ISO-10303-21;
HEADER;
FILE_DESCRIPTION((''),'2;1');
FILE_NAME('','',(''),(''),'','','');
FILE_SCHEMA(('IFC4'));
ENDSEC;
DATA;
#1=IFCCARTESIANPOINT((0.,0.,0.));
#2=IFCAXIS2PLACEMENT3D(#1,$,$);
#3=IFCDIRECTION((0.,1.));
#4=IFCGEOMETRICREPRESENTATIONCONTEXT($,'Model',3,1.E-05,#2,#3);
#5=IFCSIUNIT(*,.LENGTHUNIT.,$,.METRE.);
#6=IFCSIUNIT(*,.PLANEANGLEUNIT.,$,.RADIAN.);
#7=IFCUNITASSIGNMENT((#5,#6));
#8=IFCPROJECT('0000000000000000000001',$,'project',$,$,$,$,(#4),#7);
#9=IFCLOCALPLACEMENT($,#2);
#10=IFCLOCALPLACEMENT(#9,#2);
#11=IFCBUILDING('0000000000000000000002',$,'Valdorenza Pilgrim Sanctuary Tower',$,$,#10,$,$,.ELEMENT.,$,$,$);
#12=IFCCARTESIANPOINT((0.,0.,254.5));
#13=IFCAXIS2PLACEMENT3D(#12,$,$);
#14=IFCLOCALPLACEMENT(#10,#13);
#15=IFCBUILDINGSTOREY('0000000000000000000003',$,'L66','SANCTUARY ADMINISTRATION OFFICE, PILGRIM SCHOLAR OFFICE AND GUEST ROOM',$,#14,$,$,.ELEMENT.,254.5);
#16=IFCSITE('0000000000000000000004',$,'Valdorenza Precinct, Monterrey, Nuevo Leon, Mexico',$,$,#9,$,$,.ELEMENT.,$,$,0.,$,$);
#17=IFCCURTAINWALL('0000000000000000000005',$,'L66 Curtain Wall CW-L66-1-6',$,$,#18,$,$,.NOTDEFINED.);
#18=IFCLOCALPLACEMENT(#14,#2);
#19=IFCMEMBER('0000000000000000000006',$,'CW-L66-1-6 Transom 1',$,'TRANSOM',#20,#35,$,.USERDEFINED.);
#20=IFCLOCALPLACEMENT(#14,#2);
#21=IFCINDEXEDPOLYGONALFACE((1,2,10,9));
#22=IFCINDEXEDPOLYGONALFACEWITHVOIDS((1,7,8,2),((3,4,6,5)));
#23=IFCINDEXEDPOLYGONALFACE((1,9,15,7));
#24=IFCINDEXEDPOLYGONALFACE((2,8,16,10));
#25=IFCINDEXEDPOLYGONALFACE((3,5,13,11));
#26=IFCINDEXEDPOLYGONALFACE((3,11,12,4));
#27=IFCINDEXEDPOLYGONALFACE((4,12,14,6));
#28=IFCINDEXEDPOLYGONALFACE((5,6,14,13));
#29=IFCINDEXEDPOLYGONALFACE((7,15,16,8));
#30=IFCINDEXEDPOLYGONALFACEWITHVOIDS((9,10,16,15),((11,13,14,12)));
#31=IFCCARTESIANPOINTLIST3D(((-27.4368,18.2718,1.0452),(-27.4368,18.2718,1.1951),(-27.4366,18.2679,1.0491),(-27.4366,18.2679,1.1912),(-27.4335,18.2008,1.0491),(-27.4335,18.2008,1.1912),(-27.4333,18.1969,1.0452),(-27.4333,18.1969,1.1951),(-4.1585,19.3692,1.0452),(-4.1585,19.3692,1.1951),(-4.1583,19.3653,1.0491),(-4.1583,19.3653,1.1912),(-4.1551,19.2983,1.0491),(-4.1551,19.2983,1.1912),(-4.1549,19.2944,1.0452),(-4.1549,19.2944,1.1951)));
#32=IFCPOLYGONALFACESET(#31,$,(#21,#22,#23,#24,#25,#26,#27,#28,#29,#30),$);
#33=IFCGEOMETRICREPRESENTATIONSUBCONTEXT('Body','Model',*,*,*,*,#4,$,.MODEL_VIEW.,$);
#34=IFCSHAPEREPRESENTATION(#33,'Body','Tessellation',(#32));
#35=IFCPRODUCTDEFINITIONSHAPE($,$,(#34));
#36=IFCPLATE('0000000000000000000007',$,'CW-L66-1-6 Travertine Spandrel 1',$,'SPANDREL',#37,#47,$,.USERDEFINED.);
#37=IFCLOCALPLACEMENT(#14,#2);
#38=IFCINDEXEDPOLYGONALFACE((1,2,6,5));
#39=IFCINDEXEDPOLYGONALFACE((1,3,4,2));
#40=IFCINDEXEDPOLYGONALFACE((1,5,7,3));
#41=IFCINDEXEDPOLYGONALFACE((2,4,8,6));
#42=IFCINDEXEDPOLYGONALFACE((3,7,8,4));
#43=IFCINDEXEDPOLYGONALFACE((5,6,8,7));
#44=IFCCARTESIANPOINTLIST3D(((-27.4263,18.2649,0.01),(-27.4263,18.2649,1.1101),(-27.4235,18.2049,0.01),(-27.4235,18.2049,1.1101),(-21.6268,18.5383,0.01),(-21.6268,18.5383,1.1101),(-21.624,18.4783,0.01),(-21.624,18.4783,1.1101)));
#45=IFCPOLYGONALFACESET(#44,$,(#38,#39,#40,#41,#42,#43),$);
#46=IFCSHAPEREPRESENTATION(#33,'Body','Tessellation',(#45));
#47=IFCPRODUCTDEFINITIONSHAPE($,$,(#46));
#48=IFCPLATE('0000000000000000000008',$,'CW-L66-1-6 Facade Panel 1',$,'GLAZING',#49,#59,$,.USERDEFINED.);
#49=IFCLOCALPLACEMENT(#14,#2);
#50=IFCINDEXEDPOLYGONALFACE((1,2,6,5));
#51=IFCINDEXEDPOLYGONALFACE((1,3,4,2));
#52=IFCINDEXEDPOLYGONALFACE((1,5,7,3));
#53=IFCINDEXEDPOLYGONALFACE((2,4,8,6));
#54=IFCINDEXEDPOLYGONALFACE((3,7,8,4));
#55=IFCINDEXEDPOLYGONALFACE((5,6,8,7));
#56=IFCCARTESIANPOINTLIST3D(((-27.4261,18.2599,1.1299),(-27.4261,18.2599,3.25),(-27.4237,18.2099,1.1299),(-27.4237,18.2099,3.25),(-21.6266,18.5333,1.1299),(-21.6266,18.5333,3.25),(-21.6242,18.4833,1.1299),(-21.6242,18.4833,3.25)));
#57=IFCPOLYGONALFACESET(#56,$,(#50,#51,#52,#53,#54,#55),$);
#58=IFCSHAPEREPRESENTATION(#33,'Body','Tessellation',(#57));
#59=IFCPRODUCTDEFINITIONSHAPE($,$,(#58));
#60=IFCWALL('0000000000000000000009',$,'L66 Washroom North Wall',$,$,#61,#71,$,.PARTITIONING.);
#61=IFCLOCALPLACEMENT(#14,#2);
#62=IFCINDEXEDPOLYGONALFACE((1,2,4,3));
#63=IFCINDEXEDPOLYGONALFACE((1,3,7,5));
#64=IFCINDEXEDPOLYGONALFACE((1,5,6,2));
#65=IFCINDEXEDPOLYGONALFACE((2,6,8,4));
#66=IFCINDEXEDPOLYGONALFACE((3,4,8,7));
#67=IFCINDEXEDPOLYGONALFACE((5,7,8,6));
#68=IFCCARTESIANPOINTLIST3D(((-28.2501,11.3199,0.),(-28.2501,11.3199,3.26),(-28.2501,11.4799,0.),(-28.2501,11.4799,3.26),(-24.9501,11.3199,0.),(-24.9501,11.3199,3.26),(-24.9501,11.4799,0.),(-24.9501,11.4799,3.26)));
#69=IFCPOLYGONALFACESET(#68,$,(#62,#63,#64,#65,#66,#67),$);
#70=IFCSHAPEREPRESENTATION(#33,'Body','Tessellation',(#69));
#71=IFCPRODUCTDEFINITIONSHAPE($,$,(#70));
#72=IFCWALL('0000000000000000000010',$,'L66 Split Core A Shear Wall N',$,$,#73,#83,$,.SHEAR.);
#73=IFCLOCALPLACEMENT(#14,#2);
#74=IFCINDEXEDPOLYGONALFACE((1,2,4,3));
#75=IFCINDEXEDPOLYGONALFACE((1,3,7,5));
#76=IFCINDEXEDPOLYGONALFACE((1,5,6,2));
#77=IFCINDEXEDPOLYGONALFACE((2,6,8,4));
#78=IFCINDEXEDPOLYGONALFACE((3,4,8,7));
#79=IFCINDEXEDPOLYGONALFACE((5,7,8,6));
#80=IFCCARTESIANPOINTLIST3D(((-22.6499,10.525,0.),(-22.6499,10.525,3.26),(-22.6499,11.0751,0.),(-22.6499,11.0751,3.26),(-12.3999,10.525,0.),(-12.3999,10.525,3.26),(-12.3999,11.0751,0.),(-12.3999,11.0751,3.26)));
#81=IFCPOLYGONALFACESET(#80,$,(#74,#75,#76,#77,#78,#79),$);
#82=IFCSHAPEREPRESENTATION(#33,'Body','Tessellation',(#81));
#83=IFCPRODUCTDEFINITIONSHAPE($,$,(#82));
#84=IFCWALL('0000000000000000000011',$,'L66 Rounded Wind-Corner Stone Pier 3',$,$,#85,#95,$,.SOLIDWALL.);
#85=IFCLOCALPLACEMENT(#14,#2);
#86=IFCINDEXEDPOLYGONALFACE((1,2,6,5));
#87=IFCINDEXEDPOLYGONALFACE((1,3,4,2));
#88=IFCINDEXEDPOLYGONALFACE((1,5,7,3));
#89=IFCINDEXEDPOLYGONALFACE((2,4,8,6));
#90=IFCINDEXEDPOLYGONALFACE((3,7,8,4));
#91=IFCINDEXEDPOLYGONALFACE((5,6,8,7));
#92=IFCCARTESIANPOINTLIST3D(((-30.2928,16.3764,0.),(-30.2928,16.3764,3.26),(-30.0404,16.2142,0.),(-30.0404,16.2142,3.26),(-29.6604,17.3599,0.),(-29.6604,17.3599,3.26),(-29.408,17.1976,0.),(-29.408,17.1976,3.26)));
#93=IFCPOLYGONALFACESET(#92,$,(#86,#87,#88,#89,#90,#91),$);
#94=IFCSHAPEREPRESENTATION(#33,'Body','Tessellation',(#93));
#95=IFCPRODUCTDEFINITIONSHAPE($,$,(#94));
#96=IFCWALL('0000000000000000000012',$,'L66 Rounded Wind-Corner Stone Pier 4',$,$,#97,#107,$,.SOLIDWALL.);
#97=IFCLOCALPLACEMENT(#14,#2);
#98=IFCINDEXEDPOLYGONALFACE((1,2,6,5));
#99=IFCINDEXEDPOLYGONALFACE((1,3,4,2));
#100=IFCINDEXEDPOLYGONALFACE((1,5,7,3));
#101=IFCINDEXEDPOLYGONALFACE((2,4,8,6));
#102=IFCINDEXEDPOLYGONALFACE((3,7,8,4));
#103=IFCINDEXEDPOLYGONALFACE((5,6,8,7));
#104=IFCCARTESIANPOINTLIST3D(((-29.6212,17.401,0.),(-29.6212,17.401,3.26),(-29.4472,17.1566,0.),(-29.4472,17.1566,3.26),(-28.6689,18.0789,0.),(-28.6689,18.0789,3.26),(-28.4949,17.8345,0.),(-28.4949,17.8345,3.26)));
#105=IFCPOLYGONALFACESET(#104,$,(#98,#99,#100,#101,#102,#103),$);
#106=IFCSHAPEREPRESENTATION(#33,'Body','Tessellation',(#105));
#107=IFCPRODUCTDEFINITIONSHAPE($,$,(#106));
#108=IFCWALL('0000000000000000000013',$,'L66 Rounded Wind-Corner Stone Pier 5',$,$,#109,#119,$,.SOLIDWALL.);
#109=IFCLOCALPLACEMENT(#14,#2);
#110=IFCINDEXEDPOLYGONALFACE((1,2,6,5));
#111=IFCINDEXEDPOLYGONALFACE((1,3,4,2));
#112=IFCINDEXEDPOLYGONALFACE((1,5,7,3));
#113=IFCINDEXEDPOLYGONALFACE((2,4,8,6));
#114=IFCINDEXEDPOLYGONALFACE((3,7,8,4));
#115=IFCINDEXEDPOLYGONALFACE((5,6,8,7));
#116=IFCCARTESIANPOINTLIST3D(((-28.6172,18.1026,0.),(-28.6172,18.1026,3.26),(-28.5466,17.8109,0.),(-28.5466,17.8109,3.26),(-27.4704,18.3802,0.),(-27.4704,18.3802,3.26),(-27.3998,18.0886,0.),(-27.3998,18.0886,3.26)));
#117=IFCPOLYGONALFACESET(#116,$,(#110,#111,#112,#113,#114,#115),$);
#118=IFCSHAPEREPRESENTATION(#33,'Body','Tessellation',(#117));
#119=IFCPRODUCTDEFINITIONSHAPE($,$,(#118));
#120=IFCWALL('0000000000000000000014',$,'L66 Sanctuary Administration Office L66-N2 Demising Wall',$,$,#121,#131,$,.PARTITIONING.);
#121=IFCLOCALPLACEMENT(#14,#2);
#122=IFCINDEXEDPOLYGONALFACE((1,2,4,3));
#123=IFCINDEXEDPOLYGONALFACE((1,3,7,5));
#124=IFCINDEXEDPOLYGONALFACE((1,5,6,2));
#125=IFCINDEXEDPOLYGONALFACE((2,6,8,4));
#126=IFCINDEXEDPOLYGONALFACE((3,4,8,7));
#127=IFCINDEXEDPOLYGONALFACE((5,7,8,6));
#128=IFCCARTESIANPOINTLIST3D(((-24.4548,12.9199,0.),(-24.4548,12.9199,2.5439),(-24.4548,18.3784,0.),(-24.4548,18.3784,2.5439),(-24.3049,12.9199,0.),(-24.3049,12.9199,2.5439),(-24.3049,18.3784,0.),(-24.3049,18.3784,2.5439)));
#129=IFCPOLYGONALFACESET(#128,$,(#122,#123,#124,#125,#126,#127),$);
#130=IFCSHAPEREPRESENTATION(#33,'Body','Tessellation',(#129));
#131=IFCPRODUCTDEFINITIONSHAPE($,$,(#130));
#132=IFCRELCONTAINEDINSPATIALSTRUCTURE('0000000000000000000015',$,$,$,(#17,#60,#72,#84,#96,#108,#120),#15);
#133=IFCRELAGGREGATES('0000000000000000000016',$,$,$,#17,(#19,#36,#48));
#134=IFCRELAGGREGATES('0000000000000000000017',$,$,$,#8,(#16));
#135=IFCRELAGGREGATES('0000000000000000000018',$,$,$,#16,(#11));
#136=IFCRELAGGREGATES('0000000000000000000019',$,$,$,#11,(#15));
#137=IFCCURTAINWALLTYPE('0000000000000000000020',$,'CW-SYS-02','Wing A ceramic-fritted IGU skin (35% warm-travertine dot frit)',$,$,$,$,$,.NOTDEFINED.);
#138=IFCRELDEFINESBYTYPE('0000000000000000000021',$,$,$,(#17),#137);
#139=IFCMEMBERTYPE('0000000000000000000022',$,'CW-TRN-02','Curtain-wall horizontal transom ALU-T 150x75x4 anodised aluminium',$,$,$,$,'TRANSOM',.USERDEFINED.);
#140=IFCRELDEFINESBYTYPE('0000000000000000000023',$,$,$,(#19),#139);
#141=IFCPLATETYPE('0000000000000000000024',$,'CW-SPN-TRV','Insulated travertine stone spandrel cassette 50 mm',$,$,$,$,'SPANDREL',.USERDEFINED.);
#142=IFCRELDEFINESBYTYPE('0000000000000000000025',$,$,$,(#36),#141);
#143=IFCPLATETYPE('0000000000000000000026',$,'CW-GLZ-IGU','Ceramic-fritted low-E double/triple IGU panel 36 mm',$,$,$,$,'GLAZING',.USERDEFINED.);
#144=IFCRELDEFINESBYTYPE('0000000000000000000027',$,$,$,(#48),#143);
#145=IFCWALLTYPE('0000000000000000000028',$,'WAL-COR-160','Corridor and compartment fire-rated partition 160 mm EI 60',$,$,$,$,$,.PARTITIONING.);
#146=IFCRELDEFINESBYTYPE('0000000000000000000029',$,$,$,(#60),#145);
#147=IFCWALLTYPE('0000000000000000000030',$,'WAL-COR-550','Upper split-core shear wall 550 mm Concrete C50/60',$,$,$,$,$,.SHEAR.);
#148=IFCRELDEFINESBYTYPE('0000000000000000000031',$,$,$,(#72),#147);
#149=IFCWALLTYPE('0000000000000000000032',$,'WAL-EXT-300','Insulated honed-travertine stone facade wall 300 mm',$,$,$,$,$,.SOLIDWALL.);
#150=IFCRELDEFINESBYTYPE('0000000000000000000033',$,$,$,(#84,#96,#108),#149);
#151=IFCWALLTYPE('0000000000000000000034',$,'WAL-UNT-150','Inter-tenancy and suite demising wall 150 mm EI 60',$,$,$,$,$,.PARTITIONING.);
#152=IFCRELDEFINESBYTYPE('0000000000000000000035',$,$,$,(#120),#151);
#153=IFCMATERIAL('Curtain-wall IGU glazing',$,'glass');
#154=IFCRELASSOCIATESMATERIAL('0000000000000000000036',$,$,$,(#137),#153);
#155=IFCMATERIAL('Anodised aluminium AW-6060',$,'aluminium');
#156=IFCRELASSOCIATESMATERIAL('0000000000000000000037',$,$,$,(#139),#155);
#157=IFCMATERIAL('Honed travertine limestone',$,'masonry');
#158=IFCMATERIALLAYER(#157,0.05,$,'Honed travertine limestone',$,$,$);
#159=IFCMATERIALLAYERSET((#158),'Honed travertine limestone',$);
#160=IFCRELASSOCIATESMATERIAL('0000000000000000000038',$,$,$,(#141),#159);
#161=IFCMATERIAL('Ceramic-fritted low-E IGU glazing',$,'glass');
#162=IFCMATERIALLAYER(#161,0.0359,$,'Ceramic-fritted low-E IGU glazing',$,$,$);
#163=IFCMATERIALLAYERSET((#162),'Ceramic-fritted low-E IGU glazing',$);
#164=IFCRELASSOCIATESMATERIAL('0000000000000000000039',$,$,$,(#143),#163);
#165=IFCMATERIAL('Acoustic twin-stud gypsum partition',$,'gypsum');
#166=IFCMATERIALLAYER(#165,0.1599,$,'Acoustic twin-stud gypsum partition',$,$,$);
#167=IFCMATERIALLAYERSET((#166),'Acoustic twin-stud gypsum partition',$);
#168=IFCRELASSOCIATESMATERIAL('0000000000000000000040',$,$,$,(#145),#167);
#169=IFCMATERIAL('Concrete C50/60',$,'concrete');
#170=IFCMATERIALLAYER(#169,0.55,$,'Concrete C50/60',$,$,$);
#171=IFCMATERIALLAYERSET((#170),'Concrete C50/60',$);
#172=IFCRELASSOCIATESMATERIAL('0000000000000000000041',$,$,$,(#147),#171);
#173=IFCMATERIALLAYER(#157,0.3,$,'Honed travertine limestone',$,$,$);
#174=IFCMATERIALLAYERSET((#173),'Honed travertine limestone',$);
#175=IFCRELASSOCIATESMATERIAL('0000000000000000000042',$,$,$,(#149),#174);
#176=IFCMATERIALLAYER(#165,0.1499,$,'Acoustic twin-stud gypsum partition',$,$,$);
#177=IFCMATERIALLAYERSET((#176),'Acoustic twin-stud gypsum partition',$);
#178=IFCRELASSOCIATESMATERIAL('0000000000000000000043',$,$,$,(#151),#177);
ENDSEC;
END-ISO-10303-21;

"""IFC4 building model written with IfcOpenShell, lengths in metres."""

from ifc_helpers import new_model, si_unit, direction, frame, frame_2d, origin, origin_2d, place, context, subcontext, project, spatial, rectangle, hollow_rectangle, extrude, source, transform, mapped, material, layer, layer_set, material_profile, profile_set, type_object, element, aggregate, save


model = new_model("IFC4")

# Units and contexts
model_context = context("Model", 3, precision=1e-05, world=origin(), true_north=direction((0.0, 1.0)))
body_context = subcontext(model_context, "Body", "Model", "MODEL_VIEW")
ifc_project = project(units=[si_unit("LENGTHUNIT", "METRE"), si_unit("PLANEANGLEUNIT", "RADIAN")], contexts=[model_context])

# Site, building, storey
site_placement = place(None, origin())
site = spatial("IfcSite", under=ifc_project, at=site_placement, Name="Valdorenza Precinct, Monterrey, Nuevo Leon, Mexico", CompositionType="ELEMENT", RefElevation=0.0)
building_placement = place(site_placement, origin())
building = spatial("IfcBuilding", under=site, at=building_placement, Name="Valdorenza Pilgrim Sanctuary Tower", CompositionType="ELEMENT")
storey_placement = place(building_placement, frame((0.0, 0.0, 254.5)))
storey = spatial("IfcBuildingStorey", under=building, at=storey_placement, Name="L66", Description="SANCTUARY ADMINISTRATION OFFICE, PILGRIM SCHOLAR OFFICE AND GUEST ROOM", CompositionType="ELEMENT", Elevation=254.5)

# Shared definitions
ifc_material_1 = material(Name="Concrete C50/60", Category="concrete")

# Curtain wall, member, plates
ifc_material_2 = material(Name="Curtain-wall IGU glazing", Category="glass")
curtain_wall_type = type_object("IfcCurtainWallType", Name="CW-SYS-02", Description="Wing A ceramic-fritted IGU skin (35% warm-travertine dot frit)", PredefinedType="NOTDEFINED", material=ifc_material_2)
curtain_wall_placement = place(storey_placement, origin())
curtain_wall = element("IfcCurtainWall", 1, at=curtain_wall_placement, inside=storey, type_object=curtain_wall_type, Name="L66 Curtain Wall CW-L66-1-6", PredefinedType="NOTDEFINED")
ifc_material_3 = material(Name="Anodised aluminium AW-6060", Category="aluminium")
ifc_material_profile_1 = material_profile(ifc_material_3, hollow_rectangle(XDim=0.075, YDim=0.1499, WallThickness=0.0039, at=origin_2d()), Name="ALU-T 150x75x4")
ifc_profile_set_1 = profile_set([ifc_material_profile_1], Name="Anodised aluminium AW-6060")
member_type_1 = type_object("IfcMemberType", Name="CW-TRN-02", Description="Curtain-wall horizontal transom ALU-T 150x75x4 anodised aluminium", ElementType="TRANSOM", PredefinedType="USERDEFINED", material=ifc_profile_set_1)
shared_shape_1 = source(origin(), body_context, "Body", "SweptSolid", [
    extrude(hollow_rectangle(XDim=0.075, YDim=0.1499, WallThickness=0.0039, at=origin_2d()), origin(), (0.0, 0.0, 1.0), 23.3042),
])
member_1_placement = place(storey_placement, frame((-27.4351, 18.2344, 1.1201), z_axis=(0.998891, 0.047091, 0.0), x_axis=(-0.047091, 0.998891, 0.0)))
member_1 = element("IfcMember", 2, at=member_1_placement, type_object=member_type_1, Name="CW-L66-1-6 Transom 1", ObjectType="TRANSOM", PredefinedType="USERDEFINED", context=body_context, shape_type="MappedRepresentation", body=[
    mapped(shared_shape_1, transform((0.0, 0.0, 0.0), x_axis=(1.0, 0.0, 0.0), y_axis=(0.0, 1.0, 0.0), z_axis=(0.0, 0.0, 1.0), scale=1.0)),
])
ifc_material_4 = material(Name="Honed travertine limestone", Category="masonry")
ifc_layer_1 = layer(ifc_material_4, 0.05, Name="Honed travertine limestone")
ifc_layer_set_1 = layer_set([ifc_layer_1], Name="Honed travertine limestone")
plate_type_1 = type_object("IfcPlateType", Name="CW-SPN-TRV", Description="Insulated travertine stone spandrel cassette 50 mm", ElementType="SPANDREL", PredefinedType="USERDEFINED", material=ifc_layer_set_1)
shared_shape_2 = source(origin(), body_context, "Body", "SweptSolid", [
    extrude(rectangle(XDim=5.8059, YDim=0.0601, at=origin_2d()), origin(), (0.0, 0.0, 1.0), 1.1001),
])
plate_1_placement = place(storey_placement, frame((-24.5251, 18.3716, 0.01), z_axis=(0.0, 0.0, 1.0), x_axis=(0.998891, 0.047089, 0.0)))
plate_1 = element("IfcPlate", 3, at=plate_1_placement, type_object=plate_type_1, Name="CW-L66-1-6 Travertine Spandrel 1", ObjectType="SPANDREL", PredefinedType="USERDEFINED", context=body_context, shape_type="MappedRepresentation", body=[
    mapped(shared_shape_2, transform((0.0, 0.0, 0.0), x_axis=(1.0, 0.0, 0.0), y_axis=(0.0, 1.0, 0.0), z_axis=(0.0, 0.0, 1.0), scale=1.0)),
])
ifc_material_5 = material(Name="Ceramic-fritted low-E IGU glazing", Category="glass")
ifc_layer_2 = layer(ifc_material_5, 0.0359, Name="Ceramic-fritted low-E IGU glazing")
ifc_layer_set_2 = layer_set([ifc_layer_2], Name="Ceramic-fritted low-E IGU glazing")
plate_type_2 = type_object("IfcPlateType", Name="CW-GLZ-IGU", Description="Ceramic-fritted low-E double/triple IGU panel 36 mm", ElementType="GLAZING", PredefinedType="USERDEFINED", material=ifc_layer_set_2)
shared_shape_3 = source(origin(), body_context, "Body", "SweptSolid", [
    extrude(rectangle(XDim=5.8059, YDim=0.05, at=origin_2d()), origin(), (0.0, 0.0, 1.0), 2.1201),
])
plate_2_placement = place(storey_placement, frame((-24.5251, 18.3716, 1.1299), z_axis=(0.0, 0.0, 1.0), x_axis=(0.998891, 0.047089, 0.0)))
plate_2 = element("IfcPlate", 4, at=plate_2_placement, type_object=plate_type_2, Name="CW-L66-1-6 Facade Panel 1", ObjectType="GLAZING", PredefinedType="USERDEFINED", context=body_context, shape_type="MappedRepresentation", body=[
    mapped(shared_shape_3, transform((0.0, 0.0, 0.0), x_axis=(1.0, 0.0, 0.0), y_axis=(0.0, 1.0, 0.0), z_axis=(0.0, 0.0, 1.0), scale=1.0)),
])
aggregate(curtain_wall, [member_1, plate_1, plate_2])

# Walls
ifc_material_6 = material(Name="Acoustic twin-stud gypsum partition", Category="gypsum")
ifc_layer_3 = layer(ifc_material_6, 0.1599, Name="Acoustic twin-stud gypsum partition")
ifc_layer_set_3 = layer_set([ifc_layer_3], Name="Acoustic twin-stud gypsum partition")
wall_type_1 = type_object("IfcWallType", Name="WAL-COR-160", Description="Corridor and compartment fire-rated partition 160 mm EI 60", PredefinedType="PARTITIONING", material=ifc_layer_set_3)
wall_1_placement = place(storey_placement, frame((-28.25, 11.3999, 0.0), z_axis=(0.0, 0.0, 1.0), x_axis=(1.0, 0.0, 0.0)))
element("IfcWall", 5, at=wall_1_placement, inside=storey, type_object=wall_type_1, Name="L66 Washroom North Wall", PredefinedType="PARTITIONING", context=body_context, shape_type="SweptSolid", body=[
    extrude(rectangle(XDim=3.3, YDim=0.1599, at=frame_2d((1.6499, 0.0))), origin(), (0.0, 0.0, 1.0), 3.26),
])
ifc_layer_4 = layer(ifc_material_1, 0.55, Name="Concrete C50/60")
ifc_layer_set_4 = layer_set([ifc_layer_4], Name="Concrete C50/60")
wall_type_2 = type_object("IfcWallType", Name="WAL-COR-550", Description="Upper split-core shear wall 550 mm Concrete C50/60", PredefinedType="SHEAR", material=ifc_layer_set_4)
wall_2_placement = place(storey_placement, frame((-22.6499, 10.8, 0.0), z_axis=(0.0, 0.0, 1.0), x_axis=(1.0, 0.0, 0.0)))
element("IfcWall", 6, at=wall_2_placement, inside=storey, type_object=wall_type_2, Name="L66 Split Core A Shear Wall N", PredefinedType="SHEAR", context=body_context, shape_type="SweptSolid", body=[
    extrude(rectangle(XDim=10.25, YDim=0.55, at=frame_2d((5.125, 0.0))), origin(), (0.0, 0.0, 1.0), 3.26),
])
ifc_layer_5 = layer(ifc_material_4, 0.3, Name="Honed travertine limestone")
ifc_layer_set_5 = layer_set([ifc_layer_5], Name="Honed travertine limestone")
wall_type_3 = type_object("IfcWallType", Name="WAL-EXT-300", Description="Insulated honed-travertine stone facade wall 300 mm", PredefinedType="SOLIDWALL", material=ifc_layer_set_5)
wall_3_placement = place(storey_placement, frame((-30.1665, 16.2954, 0.0), z_axis=(0.0, 0.0, 1.0), x_axis=(0.540842, 0.841124, 0.0)))
element("IfcWall", 7, at=wall_3_placement, inside=storey, type_object=wall_type_3, Name="L66 Rounded Wind-Corner Stone Pier 3", PredefinedType="SOLIDWALL", context=body_context, shape_type="SweptSolid", body=[
    extrude(rectangle(XDim=1.1692, YDim=0.3, at=frame_2d((0.5845, 0.0))), origin(), (0.0, 0.0, 1.0), 3.26),
])
wall_4_placement = place(storey_placement, frame((-29.5342, 17.2788, 0.0), z_axis=(0.0, 0.0, 1.0), x_axis=(0.814664, 0.579934, 0.0)))
element("IfcWall", 8, at=wall_4_placement, inside=storey, type_object=wall_type_3, Name="L66 Rounded Wind-Corner Stone Pier 4", PredefinedType="SOLIDWALL", context=body_context, shape_type="SweptSolid", body=[
    extrude(rectangle(XDim=1.1689, YDim=0.3, at=frame_2d((0.5845, 0.0))), origin(), (0.0, 0.0, 1.0), 3.26),
])
wall_5_placement = place(storey_placement, frame((-28.5818, 17.9568, 0.0), z_axis=(0.0, 0.0, 1.0), x_axis=(0.971929, 0.235274, 0.0)))
element("IfcWall", 9, at=wall_5_placement, inside=storey, type_object=wall_type_3, Name="L66 Rounded Wind-Corner Stone Pier 5", PredefinedType="SOLIDWALL", context=body_context, shape_type="SweptSolid", body=[
    extrude(rectangle(XDim=1.1799, YDim=0.3, at=frame_2d((0.5898, 0.0))), origin(), (0.0, 0.0, 1.0), 3.26),
])
ifc_layer_6 = layer(ifc_material_6, 0.1499, Name="Acoustic twin-stud gypsum partition")
ifc_layer_set_6 = layer_set([ifc_layer_6], Name="Acoustic twin-stud gypsum partition")
wall_type_4 = type_object("IfcWallType", Name="WAL-UNT-150", Description="Inter-tenancy and suite demising wall 150 mm EI 60", PredefinedType="PARTITIONING", material=ifc_layer_set_6)
wall_6_placement = place(storey_placement, frame((-24.3799, 12.9199, 0.0), z_axis=(0.0, 0.0, 1.0), x_axis=(0.0, 1.0, 0.0)))
element("IfcWall", 10, at=wall_6_placement, inside=storey, type_object=wall_type_4, Name="L66 Sanctuary Administration Office L66-N2 Demising Wall", PredefinedType="PARTITIONING", context=body_context, shape_type="SweptSolid", body=[
    extrude(rectangle(XDim=5.4585, YDim=0.1499, at=frame_2d((2.7292, 0.0))), origin(), (0.0, 0.0, 1.0), 2.5439),
])

save(model, "model.ifc")
